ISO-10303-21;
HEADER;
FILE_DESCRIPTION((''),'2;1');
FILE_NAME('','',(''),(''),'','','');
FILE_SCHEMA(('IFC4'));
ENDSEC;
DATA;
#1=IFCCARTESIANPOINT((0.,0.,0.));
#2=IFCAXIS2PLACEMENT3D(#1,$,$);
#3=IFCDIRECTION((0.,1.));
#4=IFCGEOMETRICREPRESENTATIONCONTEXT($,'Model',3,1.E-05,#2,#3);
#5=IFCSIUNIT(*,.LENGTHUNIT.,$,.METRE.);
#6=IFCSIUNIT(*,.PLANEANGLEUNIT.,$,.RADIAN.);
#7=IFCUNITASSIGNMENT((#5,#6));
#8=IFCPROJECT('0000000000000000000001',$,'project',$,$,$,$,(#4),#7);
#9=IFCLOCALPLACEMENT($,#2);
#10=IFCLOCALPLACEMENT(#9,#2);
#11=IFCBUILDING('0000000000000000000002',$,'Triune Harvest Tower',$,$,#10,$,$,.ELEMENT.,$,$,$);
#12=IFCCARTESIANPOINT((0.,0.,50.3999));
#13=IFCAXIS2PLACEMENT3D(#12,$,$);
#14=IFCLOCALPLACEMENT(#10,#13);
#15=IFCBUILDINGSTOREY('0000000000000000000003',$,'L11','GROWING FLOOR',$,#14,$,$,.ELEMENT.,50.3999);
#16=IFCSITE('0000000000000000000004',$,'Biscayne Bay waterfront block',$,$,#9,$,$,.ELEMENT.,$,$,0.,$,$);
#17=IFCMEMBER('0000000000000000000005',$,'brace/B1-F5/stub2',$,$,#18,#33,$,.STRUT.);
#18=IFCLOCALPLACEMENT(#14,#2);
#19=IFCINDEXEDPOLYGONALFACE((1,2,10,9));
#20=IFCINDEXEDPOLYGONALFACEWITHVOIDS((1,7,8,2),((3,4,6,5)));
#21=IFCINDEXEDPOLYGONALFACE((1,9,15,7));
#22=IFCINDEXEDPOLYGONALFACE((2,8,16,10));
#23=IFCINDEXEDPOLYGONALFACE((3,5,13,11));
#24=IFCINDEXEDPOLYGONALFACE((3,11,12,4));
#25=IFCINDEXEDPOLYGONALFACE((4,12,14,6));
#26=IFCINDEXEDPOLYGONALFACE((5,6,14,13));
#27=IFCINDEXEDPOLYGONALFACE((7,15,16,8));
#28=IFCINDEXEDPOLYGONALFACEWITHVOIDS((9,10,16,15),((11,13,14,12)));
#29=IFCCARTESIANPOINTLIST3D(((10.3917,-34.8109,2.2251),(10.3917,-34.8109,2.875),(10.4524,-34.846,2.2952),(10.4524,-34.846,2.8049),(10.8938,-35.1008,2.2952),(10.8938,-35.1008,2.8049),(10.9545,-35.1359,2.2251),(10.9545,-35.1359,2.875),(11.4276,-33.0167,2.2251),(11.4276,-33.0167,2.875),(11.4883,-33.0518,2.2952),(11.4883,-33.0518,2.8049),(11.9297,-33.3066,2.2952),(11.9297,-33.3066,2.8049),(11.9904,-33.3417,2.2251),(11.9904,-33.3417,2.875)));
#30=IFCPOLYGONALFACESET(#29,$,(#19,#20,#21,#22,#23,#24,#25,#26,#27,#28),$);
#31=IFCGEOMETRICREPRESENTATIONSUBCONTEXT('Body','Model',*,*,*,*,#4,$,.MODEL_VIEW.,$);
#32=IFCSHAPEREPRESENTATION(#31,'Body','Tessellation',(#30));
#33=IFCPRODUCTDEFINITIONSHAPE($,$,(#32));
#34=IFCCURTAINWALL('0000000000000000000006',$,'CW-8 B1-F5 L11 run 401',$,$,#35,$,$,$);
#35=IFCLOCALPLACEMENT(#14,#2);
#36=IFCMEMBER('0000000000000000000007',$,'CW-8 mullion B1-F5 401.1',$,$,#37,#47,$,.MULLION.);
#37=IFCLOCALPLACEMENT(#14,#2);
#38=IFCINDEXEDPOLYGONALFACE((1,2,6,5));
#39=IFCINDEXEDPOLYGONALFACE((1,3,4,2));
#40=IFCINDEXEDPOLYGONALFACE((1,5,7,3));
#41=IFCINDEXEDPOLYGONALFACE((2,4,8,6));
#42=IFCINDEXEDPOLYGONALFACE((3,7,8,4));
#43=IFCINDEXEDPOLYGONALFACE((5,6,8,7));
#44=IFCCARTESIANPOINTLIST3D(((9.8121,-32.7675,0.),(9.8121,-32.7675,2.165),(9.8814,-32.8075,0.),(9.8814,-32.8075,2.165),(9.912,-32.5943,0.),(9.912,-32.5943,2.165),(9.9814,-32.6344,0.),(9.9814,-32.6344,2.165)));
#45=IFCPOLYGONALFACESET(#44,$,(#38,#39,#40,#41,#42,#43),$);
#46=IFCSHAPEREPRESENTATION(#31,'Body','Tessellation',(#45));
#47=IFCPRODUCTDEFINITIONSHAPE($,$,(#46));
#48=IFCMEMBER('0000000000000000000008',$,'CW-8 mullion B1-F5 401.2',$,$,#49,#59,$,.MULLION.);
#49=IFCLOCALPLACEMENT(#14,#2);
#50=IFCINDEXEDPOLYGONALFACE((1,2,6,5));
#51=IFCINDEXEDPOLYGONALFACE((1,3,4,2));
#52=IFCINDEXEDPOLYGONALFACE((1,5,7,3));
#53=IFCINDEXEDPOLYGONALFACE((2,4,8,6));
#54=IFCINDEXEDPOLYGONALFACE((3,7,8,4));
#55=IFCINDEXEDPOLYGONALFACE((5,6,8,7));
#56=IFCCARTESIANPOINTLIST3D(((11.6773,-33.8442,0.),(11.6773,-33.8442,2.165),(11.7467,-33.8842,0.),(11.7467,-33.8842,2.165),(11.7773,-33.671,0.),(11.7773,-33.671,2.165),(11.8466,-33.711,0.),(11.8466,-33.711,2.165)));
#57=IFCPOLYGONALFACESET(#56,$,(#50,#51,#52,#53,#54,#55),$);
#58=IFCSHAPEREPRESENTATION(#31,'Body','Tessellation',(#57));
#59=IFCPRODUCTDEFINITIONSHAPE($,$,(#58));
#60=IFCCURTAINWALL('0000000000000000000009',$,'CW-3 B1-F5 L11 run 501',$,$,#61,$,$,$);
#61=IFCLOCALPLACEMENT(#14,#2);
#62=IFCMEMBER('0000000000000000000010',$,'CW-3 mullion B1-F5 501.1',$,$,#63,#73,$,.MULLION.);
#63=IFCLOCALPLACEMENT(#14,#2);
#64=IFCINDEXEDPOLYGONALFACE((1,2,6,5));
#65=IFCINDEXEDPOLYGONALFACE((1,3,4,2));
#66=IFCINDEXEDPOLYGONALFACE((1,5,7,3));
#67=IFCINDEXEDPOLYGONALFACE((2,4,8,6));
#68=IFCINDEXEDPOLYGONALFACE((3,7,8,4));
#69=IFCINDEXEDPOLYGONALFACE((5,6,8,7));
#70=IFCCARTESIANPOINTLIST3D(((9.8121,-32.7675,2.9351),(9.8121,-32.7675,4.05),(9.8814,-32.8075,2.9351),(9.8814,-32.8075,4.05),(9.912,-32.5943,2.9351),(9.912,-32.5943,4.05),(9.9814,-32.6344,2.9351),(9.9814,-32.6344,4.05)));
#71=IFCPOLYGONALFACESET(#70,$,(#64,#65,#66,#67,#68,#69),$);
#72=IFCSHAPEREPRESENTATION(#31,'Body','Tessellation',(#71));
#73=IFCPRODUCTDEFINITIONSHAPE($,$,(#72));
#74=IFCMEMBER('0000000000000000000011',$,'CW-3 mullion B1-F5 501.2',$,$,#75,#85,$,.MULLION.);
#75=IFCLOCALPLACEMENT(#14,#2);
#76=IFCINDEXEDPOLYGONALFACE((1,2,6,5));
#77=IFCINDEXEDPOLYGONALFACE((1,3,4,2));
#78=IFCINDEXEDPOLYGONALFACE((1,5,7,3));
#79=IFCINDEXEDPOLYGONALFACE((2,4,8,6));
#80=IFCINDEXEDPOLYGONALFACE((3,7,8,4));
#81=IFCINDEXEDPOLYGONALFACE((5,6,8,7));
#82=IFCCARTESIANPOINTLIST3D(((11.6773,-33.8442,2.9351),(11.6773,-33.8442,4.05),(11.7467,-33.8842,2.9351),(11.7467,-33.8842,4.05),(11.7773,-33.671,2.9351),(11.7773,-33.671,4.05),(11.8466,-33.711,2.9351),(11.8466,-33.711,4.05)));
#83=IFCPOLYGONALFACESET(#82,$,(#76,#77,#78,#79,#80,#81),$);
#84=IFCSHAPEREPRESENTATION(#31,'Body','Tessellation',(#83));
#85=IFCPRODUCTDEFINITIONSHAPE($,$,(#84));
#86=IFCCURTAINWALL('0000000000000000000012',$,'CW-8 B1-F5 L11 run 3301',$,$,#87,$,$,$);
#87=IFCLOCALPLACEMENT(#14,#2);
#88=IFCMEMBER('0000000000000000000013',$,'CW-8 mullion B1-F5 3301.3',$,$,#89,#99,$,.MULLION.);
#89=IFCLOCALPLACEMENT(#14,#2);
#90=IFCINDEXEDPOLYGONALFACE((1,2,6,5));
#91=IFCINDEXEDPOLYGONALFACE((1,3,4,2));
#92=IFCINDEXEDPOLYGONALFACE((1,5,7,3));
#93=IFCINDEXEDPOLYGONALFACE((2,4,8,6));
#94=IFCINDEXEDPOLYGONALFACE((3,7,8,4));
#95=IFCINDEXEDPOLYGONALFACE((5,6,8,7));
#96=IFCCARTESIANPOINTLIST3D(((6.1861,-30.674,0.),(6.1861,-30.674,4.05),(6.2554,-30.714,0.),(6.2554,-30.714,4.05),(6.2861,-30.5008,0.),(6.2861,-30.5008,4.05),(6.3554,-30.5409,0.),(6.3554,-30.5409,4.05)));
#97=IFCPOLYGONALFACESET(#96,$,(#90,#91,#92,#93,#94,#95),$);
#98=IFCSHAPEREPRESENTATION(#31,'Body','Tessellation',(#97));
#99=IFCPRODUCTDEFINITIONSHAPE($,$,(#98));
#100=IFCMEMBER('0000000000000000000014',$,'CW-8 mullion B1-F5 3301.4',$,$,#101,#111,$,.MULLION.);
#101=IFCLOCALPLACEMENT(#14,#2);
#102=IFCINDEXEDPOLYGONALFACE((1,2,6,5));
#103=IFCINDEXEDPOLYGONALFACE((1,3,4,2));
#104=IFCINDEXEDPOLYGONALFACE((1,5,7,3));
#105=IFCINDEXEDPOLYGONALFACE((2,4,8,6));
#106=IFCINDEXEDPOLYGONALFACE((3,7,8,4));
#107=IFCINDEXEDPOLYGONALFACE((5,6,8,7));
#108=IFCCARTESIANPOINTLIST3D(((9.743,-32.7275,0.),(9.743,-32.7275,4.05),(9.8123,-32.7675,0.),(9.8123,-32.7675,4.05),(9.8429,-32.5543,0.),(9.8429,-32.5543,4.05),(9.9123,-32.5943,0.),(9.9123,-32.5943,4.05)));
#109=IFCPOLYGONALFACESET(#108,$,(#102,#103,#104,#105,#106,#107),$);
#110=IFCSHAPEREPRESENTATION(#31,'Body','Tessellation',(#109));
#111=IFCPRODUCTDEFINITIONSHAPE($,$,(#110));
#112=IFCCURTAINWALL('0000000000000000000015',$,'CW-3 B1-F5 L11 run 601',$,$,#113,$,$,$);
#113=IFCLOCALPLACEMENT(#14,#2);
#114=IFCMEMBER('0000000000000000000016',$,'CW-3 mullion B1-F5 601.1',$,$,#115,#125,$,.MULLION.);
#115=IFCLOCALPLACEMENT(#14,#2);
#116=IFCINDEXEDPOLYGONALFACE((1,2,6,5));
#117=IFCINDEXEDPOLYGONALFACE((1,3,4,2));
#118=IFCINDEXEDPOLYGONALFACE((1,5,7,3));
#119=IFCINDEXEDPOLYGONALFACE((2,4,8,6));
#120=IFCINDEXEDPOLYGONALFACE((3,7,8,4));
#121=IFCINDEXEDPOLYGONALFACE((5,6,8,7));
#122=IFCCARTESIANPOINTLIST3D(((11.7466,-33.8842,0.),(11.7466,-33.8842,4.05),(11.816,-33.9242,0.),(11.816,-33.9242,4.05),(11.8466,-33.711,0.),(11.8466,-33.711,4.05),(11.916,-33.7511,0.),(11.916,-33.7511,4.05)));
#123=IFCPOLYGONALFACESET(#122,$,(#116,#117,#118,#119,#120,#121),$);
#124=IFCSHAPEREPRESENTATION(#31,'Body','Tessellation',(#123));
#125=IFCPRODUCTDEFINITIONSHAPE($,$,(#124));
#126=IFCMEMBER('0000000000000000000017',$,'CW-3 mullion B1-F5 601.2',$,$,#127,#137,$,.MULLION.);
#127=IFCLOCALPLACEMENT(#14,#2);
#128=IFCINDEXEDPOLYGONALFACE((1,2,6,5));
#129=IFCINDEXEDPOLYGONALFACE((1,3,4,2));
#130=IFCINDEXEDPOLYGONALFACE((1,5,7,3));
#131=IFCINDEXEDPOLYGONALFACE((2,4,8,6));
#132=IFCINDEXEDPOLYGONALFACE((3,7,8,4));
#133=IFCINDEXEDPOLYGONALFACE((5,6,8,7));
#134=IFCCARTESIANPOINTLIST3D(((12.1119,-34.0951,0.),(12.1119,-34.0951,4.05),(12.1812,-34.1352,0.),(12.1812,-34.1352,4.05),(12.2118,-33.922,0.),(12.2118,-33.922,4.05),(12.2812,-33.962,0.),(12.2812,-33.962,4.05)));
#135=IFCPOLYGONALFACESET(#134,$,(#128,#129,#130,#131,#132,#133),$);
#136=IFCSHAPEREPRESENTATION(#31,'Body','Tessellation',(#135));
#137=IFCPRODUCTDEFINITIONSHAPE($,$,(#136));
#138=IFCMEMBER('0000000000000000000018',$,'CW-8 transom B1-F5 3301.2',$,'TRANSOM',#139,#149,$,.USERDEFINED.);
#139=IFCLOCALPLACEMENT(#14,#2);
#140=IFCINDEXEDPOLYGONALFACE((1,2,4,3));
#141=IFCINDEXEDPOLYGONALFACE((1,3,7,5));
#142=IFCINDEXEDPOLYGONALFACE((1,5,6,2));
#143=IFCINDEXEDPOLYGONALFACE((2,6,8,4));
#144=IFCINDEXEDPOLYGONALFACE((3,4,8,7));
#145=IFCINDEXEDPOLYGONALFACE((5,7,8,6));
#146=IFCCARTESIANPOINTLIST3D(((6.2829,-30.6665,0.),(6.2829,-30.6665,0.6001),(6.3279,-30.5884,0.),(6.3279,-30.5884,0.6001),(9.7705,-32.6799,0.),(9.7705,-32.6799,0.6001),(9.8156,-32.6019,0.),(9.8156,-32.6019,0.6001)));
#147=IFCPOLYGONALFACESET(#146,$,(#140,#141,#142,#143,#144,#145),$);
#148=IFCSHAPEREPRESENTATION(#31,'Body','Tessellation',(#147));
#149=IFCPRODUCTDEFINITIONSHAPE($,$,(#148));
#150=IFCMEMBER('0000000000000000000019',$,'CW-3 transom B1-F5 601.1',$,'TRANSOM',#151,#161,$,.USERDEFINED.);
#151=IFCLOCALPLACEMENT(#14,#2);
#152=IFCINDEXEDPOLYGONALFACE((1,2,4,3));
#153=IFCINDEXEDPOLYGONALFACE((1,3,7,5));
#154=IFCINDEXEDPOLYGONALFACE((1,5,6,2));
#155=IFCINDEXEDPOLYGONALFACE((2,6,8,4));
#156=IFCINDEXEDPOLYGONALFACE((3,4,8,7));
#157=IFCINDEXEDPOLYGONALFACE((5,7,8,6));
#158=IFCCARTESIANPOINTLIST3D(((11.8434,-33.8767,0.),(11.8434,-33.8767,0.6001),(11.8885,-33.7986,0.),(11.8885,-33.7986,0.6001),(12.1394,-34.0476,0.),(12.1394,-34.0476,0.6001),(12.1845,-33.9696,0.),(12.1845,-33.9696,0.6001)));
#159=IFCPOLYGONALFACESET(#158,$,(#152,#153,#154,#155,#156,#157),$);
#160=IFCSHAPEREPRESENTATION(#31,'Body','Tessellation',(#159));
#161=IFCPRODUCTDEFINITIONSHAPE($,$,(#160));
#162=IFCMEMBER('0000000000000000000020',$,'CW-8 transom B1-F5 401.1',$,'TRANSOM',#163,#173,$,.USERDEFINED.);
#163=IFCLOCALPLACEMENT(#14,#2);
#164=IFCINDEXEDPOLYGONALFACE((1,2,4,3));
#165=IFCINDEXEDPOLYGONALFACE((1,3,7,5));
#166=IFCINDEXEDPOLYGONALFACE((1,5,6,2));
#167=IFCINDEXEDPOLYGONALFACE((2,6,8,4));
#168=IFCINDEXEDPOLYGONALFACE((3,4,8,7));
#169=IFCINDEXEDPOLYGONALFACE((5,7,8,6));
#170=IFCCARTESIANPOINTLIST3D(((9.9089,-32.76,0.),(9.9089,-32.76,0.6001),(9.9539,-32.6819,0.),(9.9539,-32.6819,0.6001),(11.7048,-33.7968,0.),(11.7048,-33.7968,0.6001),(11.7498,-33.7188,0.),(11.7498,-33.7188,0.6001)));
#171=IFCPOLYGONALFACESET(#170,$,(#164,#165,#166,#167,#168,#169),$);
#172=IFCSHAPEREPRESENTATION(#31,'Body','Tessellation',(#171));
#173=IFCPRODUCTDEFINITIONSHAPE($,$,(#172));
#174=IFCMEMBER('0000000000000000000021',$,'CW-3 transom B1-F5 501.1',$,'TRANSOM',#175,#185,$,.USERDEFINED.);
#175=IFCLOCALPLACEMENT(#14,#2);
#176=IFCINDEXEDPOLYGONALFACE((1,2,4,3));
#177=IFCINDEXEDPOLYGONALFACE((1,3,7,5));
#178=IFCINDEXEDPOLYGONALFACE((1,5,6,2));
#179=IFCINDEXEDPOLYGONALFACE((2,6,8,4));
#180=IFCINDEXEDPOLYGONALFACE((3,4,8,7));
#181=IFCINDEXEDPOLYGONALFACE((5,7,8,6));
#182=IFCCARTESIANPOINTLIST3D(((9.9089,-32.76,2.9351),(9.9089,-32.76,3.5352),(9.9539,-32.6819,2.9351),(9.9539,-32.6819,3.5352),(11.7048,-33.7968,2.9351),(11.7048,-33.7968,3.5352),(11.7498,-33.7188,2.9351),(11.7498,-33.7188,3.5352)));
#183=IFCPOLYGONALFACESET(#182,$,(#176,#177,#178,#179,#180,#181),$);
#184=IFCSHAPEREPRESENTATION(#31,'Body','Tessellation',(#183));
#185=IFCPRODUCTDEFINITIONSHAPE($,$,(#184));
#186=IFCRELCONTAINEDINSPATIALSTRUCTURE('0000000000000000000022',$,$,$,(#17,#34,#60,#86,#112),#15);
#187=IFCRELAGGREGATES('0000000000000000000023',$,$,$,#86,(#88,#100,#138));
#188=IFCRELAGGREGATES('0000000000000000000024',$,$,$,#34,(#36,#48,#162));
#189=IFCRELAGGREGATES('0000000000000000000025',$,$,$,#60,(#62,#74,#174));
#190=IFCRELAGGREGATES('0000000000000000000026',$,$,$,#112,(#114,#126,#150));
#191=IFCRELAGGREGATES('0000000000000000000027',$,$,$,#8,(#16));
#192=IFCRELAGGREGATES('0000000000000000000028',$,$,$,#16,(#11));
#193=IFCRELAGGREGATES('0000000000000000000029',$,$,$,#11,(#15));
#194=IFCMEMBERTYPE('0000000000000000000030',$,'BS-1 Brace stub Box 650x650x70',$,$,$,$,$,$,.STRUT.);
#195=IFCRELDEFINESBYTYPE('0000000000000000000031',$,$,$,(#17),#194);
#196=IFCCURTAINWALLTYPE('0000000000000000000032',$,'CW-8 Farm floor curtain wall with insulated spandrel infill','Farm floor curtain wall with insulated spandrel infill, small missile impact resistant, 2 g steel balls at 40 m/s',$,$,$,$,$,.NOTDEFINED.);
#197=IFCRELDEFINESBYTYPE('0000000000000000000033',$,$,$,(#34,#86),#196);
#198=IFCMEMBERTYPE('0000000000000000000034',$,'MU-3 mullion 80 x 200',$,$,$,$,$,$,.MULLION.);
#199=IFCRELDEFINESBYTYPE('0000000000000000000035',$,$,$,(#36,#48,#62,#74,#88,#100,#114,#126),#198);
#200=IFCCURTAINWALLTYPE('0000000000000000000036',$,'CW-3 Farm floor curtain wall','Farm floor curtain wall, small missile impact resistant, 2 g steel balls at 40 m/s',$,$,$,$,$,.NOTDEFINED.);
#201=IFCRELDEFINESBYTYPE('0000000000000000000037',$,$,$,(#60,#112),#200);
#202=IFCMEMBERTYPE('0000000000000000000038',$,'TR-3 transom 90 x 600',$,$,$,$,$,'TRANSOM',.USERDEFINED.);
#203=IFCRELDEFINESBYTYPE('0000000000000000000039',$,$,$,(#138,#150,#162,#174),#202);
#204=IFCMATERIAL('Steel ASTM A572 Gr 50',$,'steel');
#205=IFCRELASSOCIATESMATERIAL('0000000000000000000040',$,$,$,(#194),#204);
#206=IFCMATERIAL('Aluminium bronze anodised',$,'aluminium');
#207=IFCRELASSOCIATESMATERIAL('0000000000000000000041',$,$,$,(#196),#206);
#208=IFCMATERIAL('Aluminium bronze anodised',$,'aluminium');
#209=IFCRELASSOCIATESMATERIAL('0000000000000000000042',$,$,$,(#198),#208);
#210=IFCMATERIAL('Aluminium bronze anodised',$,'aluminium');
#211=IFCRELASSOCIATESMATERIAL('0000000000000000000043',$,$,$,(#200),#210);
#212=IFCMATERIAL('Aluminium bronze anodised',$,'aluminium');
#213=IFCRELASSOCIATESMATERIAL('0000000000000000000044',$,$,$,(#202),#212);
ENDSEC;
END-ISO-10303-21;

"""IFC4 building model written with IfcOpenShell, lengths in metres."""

from ifc_helpers import new_model, si_unit, direction, frame, origin, origin_2d, place, context, subcontext, project, spatial, rectangle, hollow_rectangle, extrude, source, transform, mapped, material, material_profile, profile_set, type_object, element, aggregate, save


model = new_model("IFC4")

# Units and contexts
model_context = context("Model", 3, precision=1e-05, world=origin(), true_north=direction((0.0, 1.0)))
body_context = subcontext(model_context, "Body", "Model", "MODEL_VIEW")
ifc_project = project(units=[si_unit("LENGTHUNIT", "METRE"), si_unit("PLANEANGLEUNIT", "RADIAN")], contexts=[model_context])

# Site, building, storey
site_placement = place(None, origin())
site = spatial("IfcSite", under=ifc_project, at=site_placement, Name="Biscayne Bay waterfront block", CompositionType="ELEMENT", RefElevation=0.0)
building_placement = place(site_placement, origin())
building = spatial("IfcBuilding", under=site, at=building_placement, Name="Triune Harvest Tower", CompositionType="ELEMENT")
storey_placement = place(building_placement, frame((0.0, 0.0, 50.3999)))
storey = spatial("IfcBuildingStorey", under=building, at=storey_placement, Name="L11", Description="GROWING FLOOR", CompositionType="ELEMENT", Elevation=50.3999)

# Member
ifc_material_1 = material(Name="Steel ASTM A572 Gr 50", Category="steel")
ifc_material_profile_1 = material_profile(ifc_material_1, hollow_rectangle(XDim=0.6499, YDim=0.6499, WallThickness=0.0701, at=origin_2d()), Name="Box 650x650x70")
ifc_profile_set_1 = profile_set([ifc_material_profile_1], Name="Steel ASTM A572 Gr 50")
member_type_1 = type_object("IfcMemberType", Name="BS-1 Brace stub Box 650x650x70", PredefinedType="STRUT", material=ifc_profile_set_1)
shared_shape_1 = source(origin(), body_context, "Body", "SweptSolid", [
    extrude(hollow_rectangle(XDim=0.6499, YDim=0.6499, WallThickness=0.0701, at=origin_2d()), origin(), (0.0, 0.0, 1.0), 2.0718),
])
member_1_placement = place(storey_placement, frame((11.709, -33.1792, 2.55), z_axis=(-0.500005, -0.866023, 0.0), x_axis=(0.866023, -0.500005, 0.0)))
element("IfcMember", 1, at=member_1_placement, inside=storey, type_object=member_type_1, Name="brace/B1-F5/stub2", PredefinedType="STRUT", context=body_context, shape_type="MappedRepresentation", body=[
    mapped(shared_shape_1, transform((0.0, 0.0, 0.0), scale=1.0)),
])

# Curtain walls, members
ifc_material_2 = material(Name="Aluminium bronze anodised", Category="aluminium")
curtain_wall_type_1 = type_object("IfcCurtainWallType", Name="CW-8 Farm floor curtain wall with insulated spandrel infill", Description="Farm floor curtain wall with insulated spandrel infill, small missile impact resistant, 2 g steel balls at 40 m/s", PredefinedType="NOTDEFINED", material=ifc_material_2)
curtain_wall_1_placement = place(storey_placement, origin())
curtain_wall_1 = element("IfcCurtainWall", 2, at=curtain_wall_1_placement, inside=storey, type_object=curtain_wall_type_1, Name="CW-8 B1-F5 L11 run 401")
ifc_material_3 = material(Name="Aluminium bronze anodised", Category="aluminium")
ifc_material_profile_2 = material_profile(ifc_material_3, rectangle(XDim=0.2, YDim=0.0801, at=origin_2d()), Name="MU-3 mullion 80 x 200")
ifc_profile_set_2 = profile_set([ifc_material_profile_2], Name="Aluminium bronze anodised")
member_type_2 = type_object("IfcMemberType", Name="MU-3 mullion 80 x 200", PredefinedType="MULLION", material=ifc_profile_set_2)
shared_shape_2 = source(origin(), body_context, "Body", "SweptSolid", [
    extrude(rectangle(XDim=0.2, YDim=0.0801, at=origin_2d()), origin(), (0.0, 0.0, 1.0), 2.165),
])
member_2_placement = place(storey_placement, frame((9.8967, -32.7009, 0.0), z_axis=(0.0, 0.0, 1.0), x_axis=(0.499991, 0.866031, 0.0)))
member_2 = element("IfcMember", 3, at=member_2_placement, type_object=member_type_2, Name="CW-8 mullion B1-F5 401.1", PredefinedType="MULLION", context=body_context, shape_type="MappedRepresentation", body=[
    mapped(shared_shape_2, transform((0.0, 0.0, 0.0), scale=1.0)),
])
member_3_placement = place(storey_placement, frame((11.762, -33.7776, 0.0), z_axis=(0.0, 0.0, 1.0), x_axis=(0.499991, 0.866031, 0.0)))
member_3 = element("IfcMember", 4, at=member_3_placement, type_object=member_type_2, Name="CW-8 mullion B1-F5 401.2", PredefinedType="MULLION", context=body_context, shape_type="MappedRepresentation", body=[
    mapped(shared_shape_2, transform((0.0, 0.0, 0.0), scale=1.0)),
])
ifc_material_4 = material(Name="Aluminium bronze anodised", Category="aluminium")
curtain_wall_type_2 = type_object("IfcCurtainWallType", Name="CW-3 Farm floor curtain wall", Description="Farm floor curtain wall, small missile impact resistant, 2 g steel balls at 40 m/s", PredefinedType="NOTDEFINED", material=ifc_material_4)
curtain_wall_2_placement = place(storey_placement, origin())
curtain_wall_2 = element("IfcCurtainWall", 5, at=curtain_wall_2_placement, inside=storey, type_object=curtain_wall_type_2, Name="CW-3 B1-F5 L11 run 501")
shared_shape_3 = source(origin(), body_context, "Body", "SweptSolid", [
    extrude(rectangle(XDim=0.2, YDim=0.0801, at=origin_2d()), origin(), (0.0, 0.0, 1.0), 1.115),
])
member_4_placement = place(storey_placement, frame((9.8967, -32.7009, 2.9351), z_axis=(0.0, 0.0, 1.0), x_axis=(0.499991, 0.866031, 0.0)))
member_4 = element("IfcMember", 6, at=member_4_placement, type_object=member_type_2, Name="CW-3 mullion B1-F5 501.1", PredefinedType="MULLION", context=body_context, shape_type="MappedRepresentation", body=[
    mapped(shared_shape_3, transform((0.0, 0.0, 0.0), scale=1.0)),
])
member_5_placement = place(storey_placement, frame((11.762, -33.7776, 2.9351), z_axis=(0.0, 0.0, 1.0), x_axis=(0.499991, 0.866031, 0.0)))
member_5 = element("IfcMember", 7, at=member_5_placement, type_object=member_type_2, Name="CW-3 mullion B1-F5 501.2", PredefinedType="MULLION", context=body_context, shape_type="MappedRepresentation", body=[
    mapped(shared_shape_3, transform((0.0, 0.0, 0.0), scale=1.0)),
])
curtain_wall_3_placement = place(storey_placement, origin())
curtain_wall_3 = element("IfcCurtainWall", 8, at=curtain_wall_3_placement, inside=storey, type_object=curtain_wall_type_1, Name="CW-8 B1-F5 L11 run 3301")
shared_shape_4 = source(origin(), body_context, "Body", "SweptSolid", [
    extrude(rectangle(XDim=0.2, YDim=0.0801, at=origin_2d()), origin(), (0.0, 0.0, 1.0), 4.05),
])
member_6_placement = place(storey_placement, frame((6.2708, -30.6074, 0.0), z_axis=(0.0, 0.0, 1.0), x_axis=(0.500002, 0.866024, 0.0)))
member_6 = element("IfcMember", 9, at=member_6_placement, type_object=member_type_2, Name="CW-8 mullion B1-F5 3301.3", PredefinedType="MULLION", context=body_context, shape_type="MappedRepresentation", body=[
    mapped(shared_shape_4, transform((0.0, 0.0, 0.0), scale=1.0)),
])
member_7_placement = place(storey_placement, frame((9.8276, -32.6609, 0.0), z_axis=(0.0, 0.0, 1.0), x_axis=(0.500002, 0.866024, 0.0)))
member_7 = element("IfcMember", 10, at=member_7_placement, type_object=member_type_2, Name="CW-8 mullion B1-F5 3301.4", PredefinedType="MULLION", context=body_context, shape_type="MappedRepresentation", body=[
    mapped(shared_shape_4, transform((0.0, 0.0, 0.0), scale=1.0)),
])
curtain_wall_4_placement = place(storey_placement, origin())
curtain_wall_4 = element("IfcCurtainWall", 11, at=curtain_wall_4_placement, inside=storey, type_object=curtain_wall_type_2, Name="CW-3 B1-F5 L11 run 601")
member_8_placement = place(storey_placement, frame((11.8313, -33.8176, 0.0), z_axis=(0.0, 0.0, 1.0), x_axis=(0.499975, 0.86604, 0.0)))
member_8 = element("IfcMember", 12, at=member_8_placement, type_object=member_type_2, Name="CW-3 mullion B1-F5 601.1", PredefinedType="MULLION", context=body_context, shape_type="MappedRepresentation", body=[
    mapped(shared_shape_4, transform((0.0, 0.0, 0.0), scale=1.0)),
])
member_9_placement = place(storey_placement, frame((12.1965, -34.0286, 0.0), z_axis=(0.0, 0.0, 1.0), x_axis=(0.499975, 0.86604, 0.0)))
member_9 = element("IfcMember", 13, at=member_9_placement, type_object=member_type_2, Name="CW-3 mullion B1-F5 601.2", PredefinedType="MULLION", context=body_context, shape_type="MappedRepresentation", body=[
    mapped(shared_shape_4, transform((0.0, 0.0, 0.0), scale=1.0)),
])

# Members
ifc_material_5 = material(Name="Aluminium bronze anodised", Category="aluminium")
ifc_material_profile_3 = material_profile(ifc_material_5, rectangle(XDim=0.0901, YDim=0.6001, at=origin_2d()), Name="TR-3 transom 90 x 600")
ifc_profile_set_3 = profile_set([ifc_material_profile_3], Name="Aluminium bronze anodised")
member_type_3 = type_object("IfcMemberType", Name="TR-3 transom 90 x 600", ElementType="TRANSOM", PredefinedType="USERDEFINED", material=ifc_profile_set_3)
shared_shape_5 = source(origin(), body_context, "Body", "SweptSolid", [
    extrude(rectangle(XDim=0.0901, YDim=0.6001, at=origin_2d()), origin(), (0.0, 0.0, 1.0), 4.0271),
])
member_10_placement = place(storey_placement, frame((6.3054, -30.6274, 0.3), z_axis=(0.866037, -0.49998, 0.0), x_axis=(0.49998, 0.866037, 0.0)))
member_10 = element("IfcMember", 14, at=member_10_placement, type_object=member_type_3, Name="CW-8 transom B1-F5 3301.2", ObjectType="TRANSOM", PredefinedType="USERDEFINED", context=body_context, shape_type="MappedRepresentation", body=[
    mapped(shared_shape_5, transform((0.0, 0.0, 0.0), scale=1.0)),
])
shared_shape_6 = source(origin(), body_context, "Body", "SweptSolid", [
    extrude(rectangle(XDim=0.0901, YDim=0.6001, at=origin_2d()), origin(), (0.0, 0.0, 1.0), 0.3418),
])
member_11_placement = place(storey_placement, frame((11.866, -33.8376, 0.3), z_axis=(0.865948, -0.500135, 0.0), x_axis=(0.500135, 0.865948, 0.0)))
member_11 = element("IfcMember", 15, at=member_11_placement, type_object=member_type_3, Name="CW-3 transom B1-F5 601.1", ObjectType="TRANSOM", PredefinedType="USERDEFINED", context=body_context, shape_type="MappedRepresentation", body=[
    mapped(shared_shape_6, transform((0.0, 0.0, 0.0), scale=1.0)),
])
shared_shape_7 = source(origin(), body_context, "Body", "SweptSolid", [
    extrude(rectangle(XDim=0.0901, YDim=0.6001, at=origin_2d()), origin(), (0.0, 0.0, 1.0), 2.0737),
])
member_12_placement = place(storey_placement, frame((9.9314, -32.7209, 0.3), z_axis=(0.866025, -0.500001, 0.0), x_axis=(0.500001, 0.866025, 0.0)))
member_12 = element("IfcMember", 16, at=member_12_placement, type_object=member_type_3, Name="CW-8 transom B1-F5 401.1", ObjectType="TRANSOM", PredefinedType="USERDEFINED", context=body_context, shape_type="MappedRepresentation", body=[
    mapped(shared_shape_7, transform((0.0, 0.0, 0.0), scale=1.0)),
])
member_13_placement = place(storey_placement, frame((9.9314, -32.7209, 3.2351), z_axis=(0.866025, -0.500001, 0.0), x_axis=(0.500001, 0.866025, 0.0)))
member_13 = element("IfcMember", 17, at=member_13_placement, type_object=member_type_3, Name="CW-3 transom B1-F5 501.1", ObjectType="TRANSOM", PredefinedType="USERDEFINED", context=body_context, shape_type="MappedRepresentation", body=[
    mapped(shared_shape_7, transform((0.0, 0.0, 0.0), scale=1.0)),
])

aggregate(curtain_wall_3, [member_6, member_7, member_10])
aggregate(curtain_wall_1, [member_2, member_3, member_12])
aggregate(curtain_wall_2, [member_4, member_5, member_13])
aggregate(curtain_wall_4, [member_8, member_9, member_11])

save(model, "model.ifc")
